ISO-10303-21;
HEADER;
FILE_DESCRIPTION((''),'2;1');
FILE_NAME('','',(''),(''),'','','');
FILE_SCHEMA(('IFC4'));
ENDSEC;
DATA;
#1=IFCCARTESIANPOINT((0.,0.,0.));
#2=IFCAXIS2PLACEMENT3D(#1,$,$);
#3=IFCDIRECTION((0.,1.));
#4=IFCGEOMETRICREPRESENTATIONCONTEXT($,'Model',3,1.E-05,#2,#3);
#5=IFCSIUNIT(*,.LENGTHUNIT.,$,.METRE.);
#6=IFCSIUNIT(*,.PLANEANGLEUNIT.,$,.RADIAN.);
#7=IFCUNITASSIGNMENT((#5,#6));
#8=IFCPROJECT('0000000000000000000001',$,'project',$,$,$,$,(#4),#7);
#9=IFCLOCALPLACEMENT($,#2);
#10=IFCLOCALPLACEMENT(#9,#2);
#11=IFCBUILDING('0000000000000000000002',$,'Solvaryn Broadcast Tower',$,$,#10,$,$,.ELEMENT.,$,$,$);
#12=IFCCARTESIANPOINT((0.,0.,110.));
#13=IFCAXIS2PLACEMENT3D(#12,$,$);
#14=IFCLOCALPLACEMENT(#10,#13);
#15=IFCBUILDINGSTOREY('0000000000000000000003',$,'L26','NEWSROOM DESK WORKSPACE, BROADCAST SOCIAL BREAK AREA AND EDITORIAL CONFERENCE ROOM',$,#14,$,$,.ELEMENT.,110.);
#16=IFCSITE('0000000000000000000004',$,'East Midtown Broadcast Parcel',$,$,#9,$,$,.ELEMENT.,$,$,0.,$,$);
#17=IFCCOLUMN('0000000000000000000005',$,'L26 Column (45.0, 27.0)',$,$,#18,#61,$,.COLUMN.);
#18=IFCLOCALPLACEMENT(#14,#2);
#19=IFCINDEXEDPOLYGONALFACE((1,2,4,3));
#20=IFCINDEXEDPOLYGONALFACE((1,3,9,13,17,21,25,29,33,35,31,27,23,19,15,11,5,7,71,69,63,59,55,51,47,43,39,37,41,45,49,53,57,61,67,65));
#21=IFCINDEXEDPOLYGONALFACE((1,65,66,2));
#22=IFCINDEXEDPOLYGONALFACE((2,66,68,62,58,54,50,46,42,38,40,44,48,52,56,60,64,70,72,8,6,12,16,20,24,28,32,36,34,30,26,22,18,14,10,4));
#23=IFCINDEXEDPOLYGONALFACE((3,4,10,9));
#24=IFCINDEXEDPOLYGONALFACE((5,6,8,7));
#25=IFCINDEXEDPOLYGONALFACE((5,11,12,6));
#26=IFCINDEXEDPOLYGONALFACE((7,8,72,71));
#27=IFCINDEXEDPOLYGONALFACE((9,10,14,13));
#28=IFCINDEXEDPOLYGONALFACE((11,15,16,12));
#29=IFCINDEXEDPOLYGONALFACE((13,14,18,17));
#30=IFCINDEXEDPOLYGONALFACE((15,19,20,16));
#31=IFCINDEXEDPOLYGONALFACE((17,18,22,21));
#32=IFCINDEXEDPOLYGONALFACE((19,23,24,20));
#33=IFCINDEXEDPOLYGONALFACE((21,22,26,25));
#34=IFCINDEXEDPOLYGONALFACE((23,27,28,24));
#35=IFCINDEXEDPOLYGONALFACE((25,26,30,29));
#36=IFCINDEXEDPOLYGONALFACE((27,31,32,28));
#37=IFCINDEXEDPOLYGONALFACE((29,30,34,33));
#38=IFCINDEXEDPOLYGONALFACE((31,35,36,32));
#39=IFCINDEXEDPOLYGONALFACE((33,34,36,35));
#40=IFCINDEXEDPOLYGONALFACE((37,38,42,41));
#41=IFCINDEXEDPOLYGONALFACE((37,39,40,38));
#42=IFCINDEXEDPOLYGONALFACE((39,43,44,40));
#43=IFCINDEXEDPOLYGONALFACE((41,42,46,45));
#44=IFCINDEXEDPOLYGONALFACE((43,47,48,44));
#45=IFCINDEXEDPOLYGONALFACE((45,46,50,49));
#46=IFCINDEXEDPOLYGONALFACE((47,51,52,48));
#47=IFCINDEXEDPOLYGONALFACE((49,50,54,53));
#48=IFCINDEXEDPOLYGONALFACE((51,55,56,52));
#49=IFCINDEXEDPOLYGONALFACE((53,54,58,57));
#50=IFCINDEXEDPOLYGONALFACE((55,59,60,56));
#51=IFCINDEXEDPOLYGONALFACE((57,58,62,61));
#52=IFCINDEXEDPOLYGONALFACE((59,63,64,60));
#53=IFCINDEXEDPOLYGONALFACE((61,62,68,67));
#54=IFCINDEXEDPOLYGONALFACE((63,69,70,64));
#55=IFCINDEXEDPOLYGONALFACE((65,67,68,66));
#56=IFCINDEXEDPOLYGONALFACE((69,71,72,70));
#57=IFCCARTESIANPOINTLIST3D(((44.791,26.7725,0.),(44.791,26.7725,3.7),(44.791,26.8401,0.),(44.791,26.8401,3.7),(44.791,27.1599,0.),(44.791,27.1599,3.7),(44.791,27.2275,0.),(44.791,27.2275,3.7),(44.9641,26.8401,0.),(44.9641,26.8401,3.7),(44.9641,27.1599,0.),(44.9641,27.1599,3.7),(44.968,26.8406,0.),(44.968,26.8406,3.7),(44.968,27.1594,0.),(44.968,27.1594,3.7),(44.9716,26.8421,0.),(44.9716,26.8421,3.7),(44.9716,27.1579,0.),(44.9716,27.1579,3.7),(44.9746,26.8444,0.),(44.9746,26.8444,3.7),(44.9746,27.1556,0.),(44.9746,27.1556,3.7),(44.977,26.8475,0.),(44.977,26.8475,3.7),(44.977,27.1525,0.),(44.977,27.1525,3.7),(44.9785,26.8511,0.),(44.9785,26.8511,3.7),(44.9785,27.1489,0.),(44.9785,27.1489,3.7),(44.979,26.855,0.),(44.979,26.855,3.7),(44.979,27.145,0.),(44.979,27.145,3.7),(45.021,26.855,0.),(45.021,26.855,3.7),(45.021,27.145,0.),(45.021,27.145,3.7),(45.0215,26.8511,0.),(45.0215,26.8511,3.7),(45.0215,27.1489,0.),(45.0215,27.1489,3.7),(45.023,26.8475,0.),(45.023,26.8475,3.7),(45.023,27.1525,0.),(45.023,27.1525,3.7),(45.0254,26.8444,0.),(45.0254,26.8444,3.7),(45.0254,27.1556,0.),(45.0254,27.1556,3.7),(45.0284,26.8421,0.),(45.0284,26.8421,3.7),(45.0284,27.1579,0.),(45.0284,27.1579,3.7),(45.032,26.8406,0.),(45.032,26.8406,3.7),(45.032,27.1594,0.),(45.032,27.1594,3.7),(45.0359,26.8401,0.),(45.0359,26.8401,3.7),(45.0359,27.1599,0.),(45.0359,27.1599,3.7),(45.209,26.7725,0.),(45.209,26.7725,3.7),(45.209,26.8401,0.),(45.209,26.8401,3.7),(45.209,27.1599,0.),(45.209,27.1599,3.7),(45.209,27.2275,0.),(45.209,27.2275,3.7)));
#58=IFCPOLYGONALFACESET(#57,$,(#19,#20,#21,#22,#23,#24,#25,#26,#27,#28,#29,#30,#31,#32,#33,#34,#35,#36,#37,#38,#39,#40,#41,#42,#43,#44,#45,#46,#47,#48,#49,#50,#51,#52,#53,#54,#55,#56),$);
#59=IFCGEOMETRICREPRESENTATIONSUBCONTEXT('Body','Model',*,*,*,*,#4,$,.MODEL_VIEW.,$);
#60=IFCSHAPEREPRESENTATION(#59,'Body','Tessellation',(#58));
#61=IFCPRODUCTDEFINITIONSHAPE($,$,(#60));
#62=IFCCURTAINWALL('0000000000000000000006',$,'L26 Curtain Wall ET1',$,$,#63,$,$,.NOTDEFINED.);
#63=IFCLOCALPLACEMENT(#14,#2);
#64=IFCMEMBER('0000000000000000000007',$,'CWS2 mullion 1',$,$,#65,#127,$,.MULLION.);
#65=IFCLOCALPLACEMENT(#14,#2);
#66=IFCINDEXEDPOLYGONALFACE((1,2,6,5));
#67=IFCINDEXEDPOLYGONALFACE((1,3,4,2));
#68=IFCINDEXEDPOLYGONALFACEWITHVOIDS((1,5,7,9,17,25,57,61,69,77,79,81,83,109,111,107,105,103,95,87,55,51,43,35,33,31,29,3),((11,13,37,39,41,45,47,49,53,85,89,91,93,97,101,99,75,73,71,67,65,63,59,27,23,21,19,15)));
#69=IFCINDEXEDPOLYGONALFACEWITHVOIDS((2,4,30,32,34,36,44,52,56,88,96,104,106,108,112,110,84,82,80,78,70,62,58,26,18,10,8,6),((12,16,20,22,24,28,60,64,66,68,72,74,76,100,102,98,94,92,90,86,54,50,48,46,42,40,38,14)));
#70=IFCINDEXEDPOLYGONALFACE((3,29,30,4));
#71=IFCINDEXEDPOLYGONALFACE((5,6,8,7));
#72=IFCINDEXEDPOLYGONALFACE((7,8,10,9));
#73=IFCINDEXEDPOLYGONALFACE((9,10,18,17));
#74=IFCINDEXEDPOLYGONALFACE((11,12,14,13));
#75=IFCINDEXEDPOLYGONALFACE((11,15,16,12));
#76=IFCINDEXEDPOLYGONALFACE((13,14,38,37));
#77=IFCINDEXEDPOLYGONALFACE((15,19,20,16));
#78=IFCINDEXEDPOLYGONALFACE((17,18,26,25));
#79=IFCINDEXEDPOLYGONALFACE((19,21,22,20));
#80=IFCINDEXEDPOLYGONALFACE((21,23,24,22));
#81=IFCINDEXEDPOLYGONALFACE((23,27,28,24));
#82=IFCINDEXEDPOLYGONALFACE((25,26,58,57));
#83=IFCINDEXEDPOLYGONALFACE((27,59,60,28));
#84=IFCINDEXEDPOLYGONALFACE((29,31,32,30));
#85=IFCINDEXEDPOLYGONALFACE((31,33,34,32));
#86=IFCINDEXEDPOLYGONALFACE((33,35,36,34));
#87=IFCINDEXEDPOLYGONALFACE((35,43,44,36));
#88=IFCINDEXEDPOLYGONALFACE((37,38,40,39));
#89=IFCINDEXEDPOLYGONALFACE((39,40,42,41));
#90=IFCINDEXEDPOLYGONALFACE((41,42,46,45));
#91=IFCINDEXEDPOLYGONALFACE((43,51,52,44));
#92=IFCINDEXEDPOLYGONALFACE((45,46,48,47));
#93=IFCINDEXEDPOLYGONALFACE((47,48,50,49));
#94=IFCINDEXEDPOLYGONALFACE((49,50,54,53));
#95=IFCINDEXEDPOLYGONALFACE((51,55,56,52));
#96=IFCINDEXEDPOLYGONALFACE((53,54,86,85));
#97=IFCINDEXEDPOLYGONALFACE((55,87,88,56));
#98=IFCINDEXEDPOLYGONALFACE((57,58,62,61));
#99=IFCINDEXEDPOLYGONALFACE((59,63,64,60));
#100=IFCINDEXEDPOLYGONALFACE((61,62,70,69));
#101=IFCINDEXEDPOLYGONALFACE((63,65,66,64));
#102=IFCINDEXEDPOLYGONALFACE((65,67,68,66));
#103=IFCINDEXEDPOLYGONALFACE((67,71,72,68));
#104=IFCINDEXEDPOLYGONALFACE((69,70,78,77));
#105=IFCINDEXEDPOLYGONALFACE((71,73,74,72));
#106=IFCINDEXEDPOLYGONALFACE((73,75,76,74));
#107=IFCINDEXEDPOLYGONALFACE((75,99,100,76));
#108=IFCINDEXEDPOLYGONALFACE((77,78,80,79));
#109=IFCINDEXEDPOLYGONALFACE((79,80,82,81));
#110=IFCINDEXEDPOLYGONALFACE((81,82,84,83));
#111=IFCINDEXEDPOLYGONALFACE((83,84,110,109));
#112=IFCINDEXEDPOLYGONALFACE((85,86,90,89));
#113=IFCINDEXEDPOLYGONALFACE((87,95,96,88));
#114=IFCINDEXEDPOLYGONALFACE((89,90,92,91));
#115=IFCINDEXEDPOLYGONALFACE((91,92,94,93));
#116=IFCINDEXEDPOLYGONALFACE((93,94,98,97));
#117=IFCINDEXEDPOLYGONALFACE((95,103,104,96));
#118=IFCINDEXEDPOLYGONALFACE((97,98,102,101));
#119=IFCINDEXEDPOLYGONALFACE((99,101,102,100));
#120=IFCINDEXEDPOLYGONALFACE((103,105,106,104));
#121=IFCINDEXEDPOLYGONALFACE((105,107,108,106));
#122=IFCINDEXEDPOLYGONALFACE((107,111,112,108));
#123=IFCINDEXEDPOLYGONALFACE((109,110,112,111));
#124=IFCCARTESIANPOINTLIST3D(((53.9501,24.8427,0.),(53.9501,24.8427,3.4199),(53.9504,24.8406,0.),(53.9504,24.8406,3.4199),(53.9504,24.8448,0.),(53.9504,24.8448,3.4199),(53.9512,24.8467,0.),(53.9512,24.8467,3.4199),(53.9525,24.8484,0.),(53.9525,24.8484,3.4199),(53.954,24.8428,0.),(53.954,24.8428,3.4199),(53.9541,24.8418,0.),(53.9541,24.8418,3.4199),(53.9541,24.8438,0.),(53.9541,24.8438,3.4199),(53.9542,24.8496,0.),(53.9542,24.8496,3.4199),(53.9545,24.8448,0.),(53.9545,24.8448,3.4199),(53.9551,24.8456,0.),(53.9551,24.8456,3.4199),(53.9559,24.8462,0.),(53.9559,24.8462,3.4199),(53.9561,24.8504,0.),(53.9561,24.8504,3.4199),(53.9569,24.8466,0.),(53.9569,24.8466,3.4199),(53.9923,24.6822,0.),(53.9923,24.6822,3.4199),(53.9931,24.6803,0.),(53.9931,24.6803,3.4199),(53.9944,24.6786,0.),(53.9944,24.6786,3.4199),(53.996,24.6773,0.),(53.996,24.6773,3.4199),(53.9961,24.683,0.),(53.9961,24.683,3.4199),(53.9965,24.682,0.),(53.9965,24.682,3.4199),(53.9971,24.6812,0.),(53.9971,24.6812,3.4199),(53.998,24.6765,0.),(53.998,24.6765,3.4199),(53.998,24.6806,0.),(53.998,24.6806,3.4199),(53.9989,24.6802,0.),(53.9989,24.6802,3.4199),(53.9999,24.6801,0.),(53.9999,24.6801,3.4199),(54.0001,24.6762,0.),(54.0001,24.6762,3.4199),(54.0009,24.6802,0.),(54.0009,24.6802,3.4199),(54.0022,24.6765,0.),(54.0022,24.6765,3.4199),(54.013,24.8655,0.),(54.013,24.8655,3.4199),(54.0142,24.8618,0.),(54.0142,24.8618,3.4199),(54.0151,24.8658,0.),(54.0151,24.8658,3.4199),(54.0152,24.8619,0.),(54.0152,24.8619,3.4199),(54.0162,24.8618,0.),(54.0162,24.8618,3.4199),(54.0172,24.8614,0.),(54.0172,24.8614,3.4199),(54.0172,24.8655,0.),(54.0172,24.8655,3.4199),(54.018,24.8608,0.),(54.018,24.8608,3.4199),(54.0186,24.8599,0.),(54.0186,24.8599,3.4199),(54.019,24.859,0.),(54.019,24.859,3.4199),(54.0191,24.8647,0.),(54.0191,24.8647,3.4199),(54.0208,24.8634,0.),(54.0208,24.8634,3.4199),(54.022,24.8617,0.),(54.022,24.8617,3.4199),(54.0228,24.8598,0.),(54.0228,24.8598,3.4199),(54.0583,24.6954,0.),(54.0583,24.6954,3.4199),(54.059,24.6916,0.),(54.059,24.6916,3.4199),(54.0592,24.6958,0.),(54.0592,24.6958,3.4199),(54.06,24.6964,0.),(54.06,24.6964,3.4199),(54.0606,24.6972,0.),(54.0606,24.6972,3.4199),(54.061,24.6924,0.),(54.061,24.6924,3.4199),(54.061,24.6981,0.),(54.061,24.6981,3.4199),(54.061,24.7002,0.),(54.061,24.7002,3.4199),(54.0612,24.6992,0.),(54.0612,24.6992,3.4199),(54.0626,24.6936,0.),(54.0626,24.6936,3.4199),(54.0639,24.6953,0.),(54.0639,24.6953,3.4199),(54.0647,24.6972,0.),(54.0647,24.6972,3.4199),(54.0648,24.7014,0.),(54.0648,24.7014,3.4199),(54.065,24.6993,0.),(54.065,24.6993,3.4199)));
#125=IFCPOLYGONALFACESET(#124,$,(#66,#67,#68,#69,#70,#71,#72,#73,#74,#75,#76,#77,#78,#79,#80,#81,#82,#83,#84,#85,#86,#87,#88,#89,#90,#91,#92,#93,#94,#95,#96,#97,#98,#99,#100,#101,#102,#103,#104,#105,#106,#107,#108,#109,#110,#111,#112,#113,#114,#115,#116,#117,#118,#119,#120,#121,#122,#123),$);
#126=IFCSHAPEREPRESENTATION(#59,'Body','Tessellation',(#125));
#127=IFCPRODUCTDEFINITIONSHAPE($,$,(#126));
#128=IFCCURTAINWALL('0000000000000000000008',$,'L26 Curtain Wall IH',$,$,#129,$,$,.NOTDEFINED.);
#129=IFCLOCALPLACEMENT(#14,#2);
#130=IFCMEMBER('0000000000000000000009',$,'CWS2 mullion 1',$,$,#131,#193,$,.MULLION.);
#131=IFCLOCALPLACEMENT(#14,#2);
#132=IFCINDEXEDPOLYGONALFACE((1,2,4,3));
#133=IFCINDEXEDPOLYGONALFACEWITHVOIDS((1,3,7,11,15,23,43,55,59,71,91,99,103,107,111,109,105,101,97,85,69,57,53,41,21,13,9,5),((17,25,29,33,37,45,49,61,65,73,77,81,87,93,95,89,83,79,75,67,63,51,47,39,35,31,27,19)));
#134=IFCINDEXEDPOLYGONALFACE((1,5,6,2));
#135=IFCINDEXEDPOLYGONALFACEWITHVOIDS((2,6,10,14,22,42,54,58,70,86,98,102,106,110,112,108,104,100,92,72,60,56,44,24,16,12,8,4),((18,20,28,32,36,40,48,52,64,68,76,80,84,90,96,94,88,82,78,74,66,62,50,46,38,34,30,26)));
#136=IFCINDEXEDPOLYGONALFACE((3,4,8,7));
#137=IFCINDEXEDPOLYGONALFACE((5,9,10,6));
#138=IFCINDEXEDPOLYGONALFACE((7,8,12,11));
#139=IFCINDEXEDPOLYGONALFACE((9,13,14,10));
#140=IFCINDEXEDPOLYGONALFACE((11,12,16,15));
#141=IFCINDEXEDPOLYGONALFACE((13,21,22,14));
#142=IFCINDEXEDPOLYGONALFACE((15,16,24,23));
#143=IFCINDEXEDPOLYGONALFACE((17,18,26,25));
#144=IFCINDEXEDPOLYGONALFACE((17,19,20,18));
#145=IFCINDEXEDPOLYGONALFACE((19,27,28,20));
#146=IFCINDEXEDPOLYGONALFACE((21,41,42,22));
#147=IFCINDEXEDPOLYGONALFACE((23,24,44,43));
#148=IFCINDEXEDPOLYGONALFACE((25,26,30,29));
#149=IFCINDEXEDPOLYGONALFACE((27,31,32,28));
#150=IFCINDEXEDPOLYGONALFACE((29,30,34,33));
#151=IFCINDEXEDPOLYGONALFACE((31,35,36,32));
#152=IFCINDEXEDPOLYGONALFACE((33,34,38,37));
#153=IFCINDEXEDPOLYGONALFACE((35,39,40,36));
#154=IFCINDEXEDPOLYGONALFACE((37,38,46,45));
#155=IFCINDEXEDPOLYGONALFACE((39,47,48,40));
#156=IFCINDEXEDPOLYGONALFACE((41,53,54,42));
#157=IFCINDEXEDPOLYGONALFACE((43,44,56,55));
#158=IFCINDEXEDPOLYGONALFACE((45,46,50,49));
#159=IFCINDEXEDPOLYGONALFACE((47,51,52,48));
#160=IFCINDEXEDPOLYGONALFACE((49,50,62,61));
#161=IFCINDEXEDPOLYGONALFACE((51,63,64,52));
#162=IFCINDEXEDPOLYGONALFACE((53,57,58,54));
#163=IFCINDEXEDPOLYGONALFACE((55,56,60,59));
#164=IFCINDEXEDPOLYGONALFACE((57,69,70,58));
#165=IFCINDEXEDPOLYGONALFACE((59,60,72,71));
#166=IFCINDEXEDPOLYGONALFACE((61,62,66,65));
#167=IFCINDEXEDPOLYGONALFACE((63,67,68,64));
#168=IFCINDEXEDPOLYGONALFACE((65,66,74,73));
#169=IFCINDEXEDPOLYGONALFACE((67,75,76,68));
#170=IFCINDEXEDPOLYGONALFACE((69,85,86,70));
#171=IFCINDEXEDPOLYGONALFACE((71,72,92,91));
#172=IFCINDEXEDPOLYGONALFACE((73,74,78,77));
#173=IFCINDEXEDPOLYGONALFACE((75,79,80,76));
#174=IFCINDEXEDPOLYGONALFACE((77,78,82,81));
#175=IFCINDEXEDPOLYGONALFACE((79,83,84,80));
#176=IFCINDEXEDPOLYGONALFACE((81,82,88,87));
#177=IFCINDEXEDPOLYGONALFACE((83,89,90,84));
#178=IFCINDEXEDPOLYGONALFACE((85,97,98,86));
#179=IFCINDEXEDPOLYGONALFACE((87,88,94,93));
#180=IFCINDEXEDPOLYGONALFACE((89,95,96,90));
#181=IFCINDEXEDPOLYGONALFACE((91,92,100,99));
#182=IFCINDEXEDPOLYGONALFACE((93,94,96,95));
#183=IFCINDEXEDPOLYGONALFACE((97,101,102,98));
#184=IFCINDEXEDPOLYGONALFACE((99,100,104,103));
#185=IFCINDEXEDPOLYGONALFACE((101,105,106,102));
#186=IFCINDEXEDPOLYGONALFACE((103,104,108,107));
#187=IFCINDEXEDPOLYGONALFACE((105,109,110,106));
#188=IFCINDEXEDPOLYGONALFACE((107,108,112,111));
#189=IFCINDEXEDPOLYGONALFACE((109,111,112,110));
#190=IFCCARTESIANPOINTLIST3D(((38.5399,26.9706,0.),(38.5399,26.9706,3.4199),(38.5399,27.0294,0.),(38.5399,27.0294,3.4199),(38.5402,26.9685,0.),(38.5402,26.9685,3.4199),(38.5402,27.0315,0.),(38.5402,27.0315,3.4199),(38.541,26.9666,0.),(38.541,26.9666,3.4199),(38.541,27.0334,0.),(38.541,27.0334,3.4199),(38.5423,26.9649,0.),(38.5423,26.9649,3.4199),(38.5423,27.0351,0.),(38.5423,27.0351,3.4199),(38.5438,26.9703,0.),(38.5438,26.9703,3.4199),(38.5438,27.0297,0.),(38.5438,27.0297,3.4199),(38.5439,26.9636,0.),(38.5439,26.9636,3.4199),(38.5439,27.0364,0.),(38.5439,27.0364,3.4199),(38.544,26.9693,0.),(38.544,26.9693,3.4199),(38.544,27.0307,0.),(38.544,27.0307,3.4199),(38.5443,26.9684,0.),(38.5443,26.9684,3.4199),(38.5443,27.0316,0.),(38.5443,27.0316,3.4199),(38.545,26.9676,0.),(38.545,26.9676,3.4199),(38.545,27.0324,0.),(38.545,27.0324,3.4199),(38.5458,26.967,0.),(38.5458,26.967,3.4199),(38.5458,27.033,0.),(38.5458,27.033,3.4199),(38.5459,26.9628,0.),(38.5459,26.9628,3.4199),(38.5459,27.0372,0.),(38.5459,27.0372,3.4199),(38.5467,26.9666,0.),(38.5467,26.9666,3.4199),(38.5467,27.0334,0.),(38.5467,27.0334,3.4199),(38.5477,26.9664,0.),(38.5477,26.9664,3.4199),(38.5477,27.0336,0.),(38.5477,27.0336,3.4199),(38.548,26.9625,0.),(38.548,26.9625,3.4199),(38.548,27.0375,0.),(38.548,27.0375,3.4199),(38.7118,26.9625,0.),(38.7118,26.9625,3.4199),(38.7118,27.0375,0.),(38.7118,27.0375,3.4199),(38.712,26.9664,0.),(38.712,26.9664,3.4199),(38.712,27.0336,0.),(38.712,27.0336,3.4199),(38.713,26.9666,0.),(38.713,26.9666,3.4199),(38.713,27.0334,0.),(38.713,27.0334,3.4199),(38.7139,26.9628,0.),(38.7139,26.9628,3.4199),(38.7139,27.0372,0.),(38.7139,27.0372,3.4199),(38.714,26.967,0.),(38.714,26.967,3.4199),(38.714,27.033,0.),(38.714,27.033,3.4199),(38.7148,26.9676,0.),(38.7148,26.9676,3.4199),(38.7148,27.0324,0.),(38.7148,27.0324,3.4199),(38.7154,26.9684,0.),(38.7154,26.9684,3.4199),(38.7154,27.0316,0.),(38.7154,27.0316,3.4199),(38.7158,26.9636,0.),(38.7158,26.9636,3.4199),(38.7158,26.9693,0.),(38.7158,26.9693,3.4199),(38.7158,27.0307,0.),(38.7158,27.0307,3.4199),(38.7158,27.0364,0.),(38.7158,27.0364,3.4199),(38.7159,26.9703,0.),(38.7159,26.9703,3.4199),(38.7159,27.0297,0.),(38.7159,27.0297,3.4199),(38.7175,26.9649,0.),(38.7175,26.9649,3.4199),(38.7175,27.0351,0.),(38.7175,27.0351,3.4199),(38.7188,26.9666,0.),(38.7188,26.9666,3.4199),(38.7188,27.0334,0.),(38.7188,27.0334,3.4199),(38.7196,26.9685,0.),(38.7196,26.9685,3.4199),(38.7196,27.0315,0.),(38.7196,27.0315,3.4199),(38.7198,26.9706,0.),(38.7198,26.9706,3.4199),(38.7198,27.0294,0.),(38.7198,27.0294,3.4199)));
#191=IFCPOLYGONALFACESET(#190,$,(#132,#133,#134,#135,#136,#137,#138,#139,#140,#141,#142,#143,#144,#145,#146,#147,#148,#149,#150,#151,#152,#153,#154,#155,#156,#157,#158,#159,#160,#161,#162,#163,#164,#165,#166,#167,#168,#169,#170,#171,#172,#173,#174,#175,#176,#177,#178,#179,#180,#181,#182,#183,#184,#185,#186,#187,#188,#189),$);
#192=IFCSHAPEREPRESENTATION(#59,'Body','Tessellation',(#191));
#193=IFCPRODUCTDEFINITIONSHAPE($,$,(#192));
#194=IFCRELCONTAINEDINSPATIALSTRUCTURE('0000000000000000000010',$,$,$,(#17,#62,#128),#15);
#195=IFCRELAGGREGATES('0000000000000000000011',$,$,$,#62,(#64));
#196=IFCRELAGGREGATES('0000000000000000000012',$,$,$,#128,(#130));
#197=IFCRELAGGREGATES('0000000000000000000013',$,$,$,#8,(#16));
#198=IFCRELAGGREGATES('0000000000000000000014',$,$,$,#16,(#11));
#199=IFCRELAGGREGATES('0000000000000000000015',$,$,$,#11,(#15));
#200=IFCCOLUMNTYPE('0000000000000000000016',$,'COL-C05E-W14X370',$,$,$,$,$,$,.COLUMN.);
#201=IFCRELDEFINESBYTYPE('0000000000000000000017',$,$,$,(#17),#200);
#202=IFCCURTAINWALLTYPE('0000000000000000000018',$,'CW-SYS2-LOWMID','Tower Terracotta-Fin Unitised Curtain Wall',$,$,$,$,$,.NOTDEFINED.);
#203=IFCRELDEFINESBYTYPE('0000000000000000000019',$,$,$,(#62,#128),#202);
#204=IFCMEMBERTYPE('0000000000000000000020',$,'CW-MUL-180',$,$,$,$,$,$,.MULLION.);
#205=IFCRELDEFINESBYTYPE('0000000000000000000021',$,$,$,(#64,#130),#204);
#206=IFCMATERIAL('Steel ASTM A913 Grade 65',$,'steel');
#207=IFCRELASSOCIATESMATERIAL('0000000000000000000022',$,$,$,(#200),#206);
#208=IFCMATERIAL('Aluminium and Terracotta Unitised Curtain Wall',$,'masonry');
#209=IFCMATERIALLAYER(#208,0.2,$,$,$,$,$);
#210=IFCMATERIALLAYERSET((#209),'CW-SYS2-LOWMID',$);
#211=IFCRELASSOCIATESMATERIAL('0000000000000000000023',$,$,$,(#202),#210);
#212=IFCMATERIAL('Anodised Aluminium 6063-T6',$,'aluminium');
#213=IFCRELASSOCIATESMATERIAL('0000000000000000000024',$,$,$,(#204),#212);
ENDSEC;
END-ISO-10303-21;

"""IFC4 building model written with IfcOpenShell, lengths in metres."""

from ifc_helpers import new_model, si_unit, direction, frame, origin, origin_2d, place, context, subcontext, project, spatial, hollow_rectangle, i_section, extrude, material, layer, layer_set, material_profile, profile_set, type_object, element, aggregate, save


model = new_model("IFC4")

# Units and contexts
model_context = context("Model", 3, precision=1e-05, world=origin(), true_north=direction((0.0, 1.0)))
body_context = subcontext(model_context, "Body", "Model", "MODEL_VIEW")
ifc_project = project(units=[si_unit("LENGTHUNIT", "METRE"), si_unit("PLANEANGLEUNIT", "RADIAN")], contexts=[model_context])

# Site, building, storey
site_placement = place(None, origin())
site = spatial("IfcSite", under=ifc_project, at=site_placement, Name="East Midtown Broadcast Parcel", CompositionType="ELEMENT", RefElevation=0.0)
building_placement = place(site_placement, origin())
building = spatial("IfcBuilding", under=site, at=building_placement, Name="Solvaryn Broadcast Tower", CompositionType="ELEMENT")
storey_placement = place(building_placement, frame((0.0, 0.0, 110.0)))
storey = spatial("IfcBuildingStorey", under=building, at=storey_placement, Name="L26", Description="NEWSROOM DESK WORKSPACE, BROADCAST SOCIAL BREAK AREA AND EDITORIAL CONFERENCE ROOM", CompositionType="ELEMENT", Elevation=110.0)

# Column
ifc_material_1 = material(Name="Steel ASTM A913 Grade 65", Category="steel")
ifc_material_profile_1 = material_profile(ifc_material_1, i_section(OverallWidth=0.418, OverallDepth=0.4551, WebThickness=0.042, FlangeThickness=0.0676, FilletRadius=0.0149, at=origin_2d()))
ifc_profile_set_1 = profile_set([ifc_material_profile_1], Name="Steel ASTM A913 Grade 65")
column_type = type_object("IfcColumnType", Name="COL-C05E-W14X370", PredefinedType="COLUMN", material=ifc_profile_set_1)
column_placement = place(storey_placement, frame((45.0, 27.0, 0.0), z_axis=(0.0, 0.0, 1.0), x_axis=(1.0, 0.0, 0.0)))
element("IfcColumn", 1, at=column_placement, inside=storey, type_object=column_type, Name="L26 Column (45.0, 27.0)", PredefinedType="COLUMN", context=body_context, shape_type="SweptSolid", body=[
    extrude(i_section(OverallWidth=0.418, OverallDepth=0.4551, WebThickness=0.042, FlangeThickness=0.0676, FilletRadius=0.0149, at=origin_2d()), origin(), (0.0, 0.0, 1.0), 3.7),
])

# Curtain wall, member
ifc_material_2 = material(Name="Aluminium and Terracotta Unitised Curtain Wall", Category="masonry")
ifc_layer_1 = layer(ifc_material_2, 0.2)
ifc_layer_set_1 = layer_set([ifc_layer_1], Name="CW-SYS2-LOWMID")
curtain_wall_type = type_object("IfcCurtainWallType", Name="CW-SYS2-LOWMID", Description="Tower Terracotta-Fin Unitised Curtain Wall", PredefinedType="NOTDEFINED", material=ifc_layer_set_1)
curtain_wall_1_placement = place(storey_placement, origin())
curtain_wall_1 = element("IfcCurtainWall", 2, at=curtain_wall_1_placement, inside=storey, type_object=curtain_wall_type, Name="L26 Curtain Wall ET1", PredefinedType="NOTDEFINED")
ifc_material_3 = material(Name="Anodised Aluminium 6063-T6", Category="aluminium")
ifc_material_profile_2 = material_profile(ifc_material_3, hollow_rectangle(XDim=0.075, YDim=0.1799, WallThickness=0.0039, InnerFilletRadius=0.0039, OuterFilletRadius=0.0081, at=origin_2d()))
ifc_profile_set_2 = profile_set([ifc_material_profile_2], Name="Anodised Aluminium 6063-T6")
member_type_1 = type_object("IfcMemberType", Name="CW-MUL-180", PredefinedType="MULLION", material=ifc_profile_set_2)
member_1_placement = place(storey_placement, frame((54.0076, 24.771, 0.0), z_axis=(0.0, 0.0, 1.0), x_axis=(0.966705, 0.255893, 0.0)))
member_1 = element("IfcMember", 3, at=member_1_placement, type_object=member_type_1, Name="CWS2 mullion 1", PredefinedType="MULLION", context=body_context, shape_type="SweptSolid", body=[
    extrude(hollow_rectangle(XDim=0.075, YDim=0.1799, WallThickness=0.0039, InnerFilletRadius=0.0039, OuterFilletRadius=0.0081, at=origin_2d()), origin(), (0.0, 0.0, 1.0), 3.4199),
])

# Curtain wall, member
curtain_wall_2_placement = place(storey_placement, origin())
curtain_wall_2 = element("IfcCurtainWall", 4, at=curtain_wall_2_placement, inside=storey, type_object=curtain_wall_type, Name="L26 Curtain Wall IH", PredefinedType="NOTDEFINED")
member_2_placement = place(storey_placement, frame((38.6299, 27.0, 0.0), z_axis=(0.0, 0.0, 1.0), x_axis=(0.0, 1.0, 0.0)))
member_2 = element("IfcMember", 5, at=member_2_placement, type_object=member_type_1, Name="CWS2 mullion 1", PredefinedType="MULLION", context=body_context, shape_type="SweptSolid", body=[
    extrude(hollow_rectangle(XDim=0.075, YDim=0.1799, WallThickness=0.0039, InnerFilletRadius=0.0039, OuterFilletRadius=0.0081, at=origin_2d()), origin(), (0.0, 0.0, 1.0), 3.4199),
])

aggregate(curtain_wall_1, [member_1])
aggregate(curtain_wall_2, [member_2])

save(model, "model.ifc")
